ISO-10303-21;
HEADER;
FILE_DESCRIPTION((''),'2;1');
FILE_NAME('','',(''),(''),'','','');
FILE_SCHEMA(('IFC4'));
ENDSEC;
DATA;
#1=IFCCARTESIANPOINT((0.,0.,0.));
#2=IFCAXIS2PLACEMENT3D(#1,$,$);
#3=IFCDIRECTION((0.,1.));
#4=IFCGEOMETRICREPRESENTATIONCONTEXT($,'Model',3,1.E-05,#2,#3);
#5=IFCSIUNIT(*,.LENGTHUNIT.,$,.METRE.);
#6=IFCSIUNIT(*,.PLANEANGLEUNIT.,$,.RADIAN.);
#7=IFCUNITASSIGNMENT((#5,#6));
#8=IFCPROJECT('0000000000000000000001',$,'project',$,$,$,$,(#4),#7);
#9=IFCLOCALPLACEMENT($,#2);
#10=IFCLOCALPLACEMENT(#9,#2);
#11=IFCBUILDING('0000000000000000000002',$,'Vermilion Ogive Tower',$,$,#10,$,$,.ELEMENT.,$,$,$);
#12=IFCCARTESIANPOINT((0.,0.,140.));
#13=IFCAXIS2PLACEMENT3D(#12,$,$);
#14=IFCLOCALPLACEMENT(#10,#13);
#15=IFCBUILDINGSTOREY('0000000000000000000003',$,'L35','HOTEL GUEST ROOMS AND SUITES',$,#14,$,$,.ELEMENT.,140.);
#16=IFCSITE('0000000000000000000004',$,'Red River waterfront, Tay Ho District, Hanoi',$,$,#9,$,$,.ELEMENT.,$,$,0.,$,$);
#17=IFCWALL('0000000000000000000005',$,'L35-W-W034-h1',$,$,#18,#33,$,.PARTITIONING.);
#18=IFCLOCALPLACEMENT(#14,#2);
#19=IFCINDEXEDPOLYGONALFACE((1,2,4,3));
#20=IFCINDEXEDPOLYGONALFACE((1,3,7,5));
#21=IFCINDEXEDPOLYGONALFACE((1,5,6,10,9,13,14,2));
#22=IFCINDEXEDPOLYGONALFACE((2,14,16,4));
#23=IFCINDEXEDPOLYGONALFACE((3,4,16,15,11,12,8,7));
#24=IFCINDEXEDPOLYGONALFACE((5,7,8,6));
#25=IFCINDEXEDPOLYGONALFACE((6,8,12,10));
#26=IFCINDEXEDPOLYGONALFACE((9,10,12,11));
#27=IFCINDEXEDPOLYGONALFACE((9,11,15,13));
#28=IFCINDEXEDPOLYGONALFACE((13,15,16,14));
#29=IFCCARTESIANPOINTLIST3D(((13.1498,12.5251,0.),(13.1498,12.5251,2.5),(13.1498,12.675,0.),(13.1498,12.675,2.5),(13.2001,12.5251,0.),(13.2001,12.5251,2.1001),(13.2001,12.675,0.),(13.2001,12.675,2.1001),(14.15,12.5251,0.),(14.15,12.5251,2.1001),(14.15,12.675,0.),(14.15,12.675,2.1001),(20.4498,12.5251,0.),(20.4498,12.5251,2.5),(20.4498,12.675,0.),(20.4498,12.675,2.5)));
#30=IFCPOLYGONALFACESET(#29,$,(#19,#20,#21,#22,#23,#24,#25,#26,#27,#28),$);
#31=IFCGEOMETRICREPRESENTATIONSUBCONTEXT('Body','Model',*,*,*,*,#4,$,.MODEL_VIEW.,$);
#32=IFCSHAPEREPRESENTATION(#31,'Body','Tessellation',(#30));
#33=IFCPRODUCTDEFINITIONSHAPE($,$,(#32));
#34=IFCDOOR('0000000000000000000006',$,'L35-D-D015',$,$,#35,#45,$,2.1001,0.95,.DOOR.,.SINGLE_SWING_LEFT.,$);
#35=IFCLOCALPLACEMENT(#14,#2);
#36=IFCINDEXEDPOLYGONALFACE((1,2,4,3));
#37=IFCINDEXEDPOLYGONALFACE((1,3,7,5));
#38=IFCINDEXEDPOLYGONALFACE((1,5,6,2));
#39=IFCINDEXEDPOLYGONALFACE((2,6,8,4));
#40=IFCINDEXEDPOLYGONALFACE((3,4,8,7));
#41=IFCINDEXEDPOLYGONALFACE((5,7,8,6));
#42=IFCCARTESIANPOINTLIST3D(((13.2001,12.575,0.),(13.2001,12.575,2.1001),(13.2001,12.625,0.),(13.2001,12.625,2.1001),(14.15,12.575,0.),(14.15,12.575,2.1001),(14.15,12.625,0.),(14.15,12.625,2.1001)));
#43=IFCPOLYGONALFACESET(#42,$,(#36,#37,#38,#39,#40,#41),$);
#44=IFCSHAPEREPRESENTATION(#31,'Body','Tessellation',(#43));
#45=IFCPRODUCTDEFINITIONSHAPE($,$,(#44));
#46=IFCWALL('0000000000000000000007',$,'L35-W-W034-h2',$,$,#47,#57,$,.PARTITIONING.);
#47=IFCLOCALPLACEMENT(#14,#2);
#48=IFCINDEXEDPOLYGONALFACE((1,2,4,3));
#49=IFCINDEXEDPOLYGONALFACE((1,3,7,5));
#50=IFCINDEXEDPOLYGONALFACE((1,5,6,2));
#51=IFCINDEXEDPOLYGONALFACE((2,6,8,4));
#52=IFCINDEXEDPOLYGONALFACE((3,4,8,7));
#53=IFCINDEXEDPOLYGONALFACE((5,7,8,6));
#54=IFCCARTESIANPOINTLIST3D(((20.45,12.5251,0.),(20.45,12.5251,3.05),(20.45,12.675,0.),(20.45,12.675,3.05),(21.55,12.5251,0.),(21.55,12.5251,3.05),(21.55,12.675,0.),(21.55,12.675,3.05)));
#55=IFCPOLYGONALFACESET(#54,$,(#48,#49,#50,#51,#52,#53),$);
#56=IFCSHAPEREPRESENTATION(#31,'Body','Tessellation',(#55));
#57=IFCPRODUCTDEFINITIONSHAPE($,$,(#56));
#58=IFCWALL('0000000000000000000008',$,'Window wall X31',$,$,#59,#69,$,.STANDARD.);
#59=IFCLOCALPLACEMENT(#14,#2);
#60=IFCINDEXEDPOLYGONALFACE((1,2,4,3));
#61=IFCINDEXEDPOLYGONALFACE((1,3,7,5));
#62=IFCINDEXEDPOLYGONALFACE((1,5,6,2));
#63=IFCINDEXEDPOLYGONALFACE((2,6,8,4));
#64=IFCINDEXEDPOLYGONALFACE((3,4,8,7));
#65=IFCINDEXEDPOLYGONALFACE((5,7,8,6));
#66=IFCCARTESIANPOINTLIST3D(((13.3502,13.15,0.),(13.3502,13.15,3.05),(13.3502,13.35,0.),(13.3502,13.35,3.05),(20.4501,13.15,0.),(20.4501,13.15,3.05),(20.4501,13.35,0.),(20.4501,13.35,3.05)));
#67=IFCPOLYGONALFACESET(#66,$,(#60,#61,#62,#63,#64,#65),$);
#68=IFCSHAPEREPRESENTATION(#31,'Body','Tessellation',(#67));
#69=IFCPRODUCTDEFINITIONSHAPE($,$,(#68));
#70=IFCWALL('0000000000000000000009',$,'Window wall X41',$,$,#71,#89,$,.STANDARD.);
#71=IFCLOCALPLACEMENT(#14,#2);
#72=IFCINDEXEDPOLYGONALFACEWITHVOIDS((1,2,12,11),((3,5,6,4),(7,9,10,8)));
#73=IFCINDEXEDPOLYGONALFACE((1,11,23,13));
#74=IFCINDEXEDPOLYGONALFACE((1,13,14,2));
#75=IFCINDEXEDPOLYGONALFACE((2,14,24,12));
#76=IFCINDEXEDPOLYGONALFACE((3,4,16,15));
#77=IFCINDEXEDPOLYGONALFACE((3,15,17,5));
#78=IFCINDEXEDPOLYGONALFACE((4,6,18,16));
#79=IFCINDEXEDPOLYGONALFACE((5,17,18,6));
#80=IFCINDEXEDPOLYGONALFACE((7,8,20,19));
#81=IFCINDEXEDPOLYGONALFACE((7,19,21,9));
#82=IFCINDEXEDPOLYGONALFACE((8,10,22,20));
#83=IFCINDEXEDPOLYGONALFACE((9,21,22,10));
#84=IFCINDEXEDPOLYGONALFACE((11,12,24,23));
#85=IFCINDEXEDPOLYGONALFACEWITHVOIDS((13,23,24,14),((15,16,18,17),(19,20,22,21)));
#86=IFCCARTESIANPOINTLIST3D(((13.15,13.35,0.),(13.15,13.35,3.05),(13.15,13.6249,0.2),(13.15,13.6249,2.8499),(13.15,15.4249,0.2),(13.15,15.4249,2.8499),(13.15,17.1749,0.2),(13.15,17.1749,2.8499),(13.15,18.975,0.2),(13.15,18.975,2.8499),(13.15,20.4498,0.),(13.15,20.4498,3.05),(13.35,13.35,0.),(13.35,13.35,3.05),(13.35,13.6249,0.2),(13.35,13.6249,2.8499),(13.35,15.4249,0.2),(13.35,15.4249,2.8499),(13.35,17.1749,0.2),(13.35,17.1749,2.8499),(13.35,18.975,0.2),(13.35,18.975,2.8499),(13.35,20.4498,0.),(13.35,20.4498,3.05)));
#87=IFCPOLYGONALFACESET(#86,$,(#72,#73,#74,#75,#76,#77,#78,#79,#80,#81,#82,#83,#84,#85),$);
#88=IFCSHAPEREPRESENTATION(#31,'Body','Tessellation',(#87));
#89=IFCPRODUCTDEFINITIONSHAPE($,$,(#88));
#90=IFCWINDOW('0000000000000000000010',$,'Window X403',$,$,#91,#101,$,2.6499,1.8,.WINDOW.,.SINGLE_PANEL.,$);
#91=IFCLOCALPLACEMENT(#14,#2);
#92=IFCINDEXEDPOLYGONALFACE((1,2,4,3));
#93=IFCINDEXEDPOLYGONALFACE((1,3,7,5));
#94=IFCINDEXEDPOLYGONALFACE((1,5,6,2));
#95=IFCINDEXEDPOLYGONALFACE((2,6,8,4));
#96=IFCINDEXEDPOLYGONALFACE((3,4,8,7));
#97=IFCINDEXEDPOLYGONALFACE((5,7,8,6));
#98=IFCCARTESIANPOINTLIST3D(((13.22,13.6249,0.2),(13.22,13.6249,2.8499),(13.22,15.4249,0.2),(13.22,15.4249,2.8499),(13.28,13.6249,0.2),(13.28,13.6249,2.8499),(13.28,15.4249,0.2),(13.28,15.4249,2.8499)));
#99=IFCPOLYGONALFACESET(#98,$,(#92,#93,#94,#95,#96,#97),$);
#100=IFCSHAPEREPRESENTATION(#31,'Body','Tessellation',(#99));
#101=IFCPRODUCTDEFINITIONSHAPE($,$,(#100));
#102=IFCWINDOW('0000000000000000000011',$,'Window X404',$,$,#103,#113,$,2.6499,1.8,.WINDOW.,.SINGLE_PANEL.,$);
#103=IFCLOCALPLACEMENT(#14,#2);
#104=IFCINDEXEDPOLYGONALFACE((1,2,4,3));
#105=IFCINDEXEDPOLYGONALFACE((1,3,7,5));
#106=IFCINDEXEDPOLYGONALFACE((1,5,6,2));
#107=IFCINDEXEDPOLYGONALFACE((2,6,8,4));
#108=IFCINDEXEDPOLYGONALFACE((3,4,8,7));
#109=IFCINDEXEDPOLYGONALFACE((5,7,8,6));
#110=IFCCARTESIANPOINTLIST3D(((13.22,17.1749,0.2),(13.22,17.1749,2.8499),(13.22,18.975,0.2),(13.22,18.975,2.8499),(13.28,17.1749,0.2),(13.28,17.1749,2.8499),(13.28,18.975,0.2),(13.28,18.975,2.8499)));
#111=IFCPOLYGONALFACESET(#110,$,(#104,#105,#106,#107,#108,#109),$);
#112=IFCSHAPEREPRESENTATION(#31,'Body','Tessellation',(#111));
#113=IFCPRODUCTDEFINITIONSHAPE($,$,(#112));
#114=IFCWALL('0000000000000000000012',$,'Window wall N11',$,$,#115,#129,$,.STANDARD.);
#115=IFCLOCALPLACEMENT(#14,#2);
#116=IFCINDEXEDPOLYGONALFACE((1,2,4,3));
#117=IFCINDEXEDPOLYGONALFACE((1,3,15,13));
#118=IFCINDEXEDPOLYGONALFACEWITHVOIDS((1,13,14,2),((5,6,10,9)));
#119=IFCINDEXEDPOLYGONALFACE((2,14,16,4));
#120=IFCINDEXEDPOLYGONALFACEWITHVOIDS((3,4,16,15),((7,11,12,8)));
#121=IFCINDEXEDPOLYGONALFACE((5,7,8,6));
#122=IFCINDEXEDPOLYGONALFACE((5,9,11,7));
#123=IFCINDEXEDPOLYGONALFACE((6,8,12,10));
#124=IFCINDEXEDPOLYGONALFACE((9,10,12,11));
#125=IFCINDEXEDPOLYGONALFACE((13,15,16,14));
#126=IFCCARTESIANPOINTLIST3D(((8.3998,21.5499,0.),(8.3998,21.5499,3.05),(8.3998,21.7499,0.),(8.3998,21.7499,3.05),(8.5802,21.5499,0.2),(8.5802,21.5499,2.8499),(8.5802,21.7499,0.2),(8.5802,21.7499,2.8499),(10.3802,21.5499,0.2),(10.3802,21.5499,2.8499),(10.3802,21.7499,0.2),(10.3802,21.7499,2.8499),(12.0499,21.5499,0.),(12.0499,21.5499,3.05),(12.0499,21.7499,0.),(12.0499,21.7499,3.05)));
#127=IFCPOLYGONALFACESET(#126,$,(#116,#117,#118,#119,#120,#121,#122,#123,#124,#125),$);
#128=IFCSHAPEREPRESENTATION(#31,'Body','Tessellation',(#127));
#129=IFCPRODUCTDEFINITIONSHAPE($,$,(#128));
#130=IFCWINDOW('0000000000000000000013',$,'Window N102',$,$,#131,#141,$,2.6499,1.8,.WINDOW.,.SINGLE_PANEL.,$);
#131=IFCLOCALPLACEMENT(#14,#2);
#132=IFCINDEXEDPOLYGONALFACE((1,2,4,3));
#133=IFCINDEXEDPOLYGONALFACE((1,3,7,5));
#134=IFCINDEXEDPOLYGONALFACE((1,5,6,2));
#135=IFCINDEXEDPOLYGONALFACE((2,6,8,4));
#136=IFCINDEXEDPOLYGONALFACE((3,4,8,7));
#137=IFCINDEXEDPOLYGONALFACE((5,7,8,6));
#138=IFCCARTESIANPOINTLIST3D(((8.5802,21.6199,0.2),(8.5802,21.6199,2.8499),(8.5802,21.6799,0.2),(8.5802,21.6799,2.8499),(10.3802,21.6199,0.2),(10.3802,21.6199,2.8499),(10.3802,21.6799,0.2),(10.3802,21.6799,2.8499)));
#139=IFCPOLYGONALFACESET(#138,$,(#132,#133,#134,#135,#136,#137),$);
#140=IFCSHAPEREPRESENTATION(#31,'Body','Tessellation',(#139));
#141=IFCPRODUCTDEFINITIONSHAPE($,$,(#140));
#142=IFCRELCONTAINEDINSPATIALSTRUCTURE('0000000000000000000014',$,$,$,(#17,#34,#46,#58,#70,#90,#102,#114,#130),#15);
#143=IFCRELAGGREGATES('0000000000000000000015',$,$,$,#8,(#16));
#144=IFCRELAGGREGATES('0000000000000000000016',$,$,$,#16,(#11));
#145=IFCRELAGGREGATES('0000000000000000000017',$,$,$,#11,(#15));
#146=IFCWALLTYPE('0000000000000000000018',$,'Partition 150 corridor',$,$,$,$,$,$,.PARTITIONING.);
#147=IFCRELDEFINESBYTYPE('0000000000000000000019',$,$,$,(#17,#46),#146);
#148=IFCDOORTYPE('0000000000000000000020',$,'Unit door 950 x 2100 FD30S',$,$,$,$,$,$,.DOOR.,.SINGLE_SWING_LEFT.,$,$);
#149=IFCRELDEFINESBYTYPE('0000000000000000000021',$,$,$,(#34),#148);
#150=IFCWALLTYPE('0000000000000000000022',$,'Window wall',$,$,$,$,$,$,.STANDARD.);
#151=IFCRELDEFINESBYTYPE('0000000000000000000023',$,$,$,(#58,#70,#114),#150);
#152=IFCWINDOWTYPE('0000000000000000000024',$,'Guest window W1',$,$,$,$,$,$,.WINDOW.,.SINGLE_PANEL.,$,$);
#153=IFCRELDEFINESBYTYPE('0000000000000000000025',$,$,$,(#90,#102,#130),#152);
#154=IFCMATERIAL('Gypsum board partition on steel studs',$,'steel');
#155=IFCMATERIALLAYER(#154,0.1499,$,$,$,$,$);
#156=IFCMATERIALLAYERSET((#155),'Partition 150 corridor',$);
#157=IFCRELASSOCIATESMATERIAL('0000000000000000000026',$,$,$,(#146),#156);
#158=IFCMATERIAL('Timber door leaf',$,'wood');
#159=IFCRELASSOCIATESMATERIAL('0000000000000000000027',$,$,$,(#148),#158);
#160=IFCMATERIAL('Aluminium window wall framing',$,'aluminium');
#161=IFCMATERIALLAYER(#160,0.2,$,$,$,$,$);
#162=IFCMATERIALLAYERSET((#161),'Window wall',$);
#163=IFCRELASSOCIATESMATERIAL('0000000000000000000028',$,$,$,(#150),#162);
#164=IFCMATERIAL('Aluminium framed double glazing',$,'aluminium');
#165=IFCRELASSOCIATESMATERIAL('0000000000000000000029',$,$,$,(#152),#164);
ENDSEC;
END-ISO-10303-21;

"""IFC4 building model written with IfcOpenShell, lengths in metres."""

from ifc_helpers import new_model, si_unit, direction, frame, frame_2d, origin, place, context, subcontext, project, spatial, rectangle, extrude, material, layer, layer_set, type_object, element, fill, save


model = new_model("IFC4")

# Units and contexts
model_context = context("Model", 3, precision=1e-05, world=origin(), true_north=direction((0.0, 1.0)))
body_context = subcontext(model_context, "Body", "Model", "MODEL_VIEW")
ifc_project = project(units=[si_unit("LENGTHUNIT", "METRE"), si_unit("PLANEANGLEUNIT", "RADIAN")], contexts=[model_context])

# Site, building, storey
site_placement = place(None, origin())
site = spatial("IfcSite", under=ifc_project, at=site_placement, Name="Red River waterfront, Tay Ho District, Hanoi", CompositionType="ELEMENT", RefElevation=0.0)
building_placement = place(site_placement, origin())
building = spatial("IfcBuilding", under=site, at=building_placement, Name="Vermilion Ogive Tower", CompositionType="ELEMENT")
storey_placement = place(building_placement, frame((0.0, 0.0, 140.0)))
storey = spatial("IfcBuildingStorey", under=building, at=storey_placement, Name="L35", Description="HOTEL GUEST ROOMS AND SUITES", CompositionType="ELEMENT", Elevation=140.0)

# Shared definitions
ifc_material_1 = material(Name="Gypsum board partition on steel studs", Category="steel")
ifc_layer_1 = layer(ifc_material_1, 0.1499)
ifc_layer_set_1 = layer_set([ifc_layer_1], Name="Partition 150 corridor")
wall_type_1 = type_object("IfcWallType", Name="Partition 150 corridor", PredefinedType="PARTITIONING", material=ifc_layer_set_1)

# Wall, opening, door
wall_1_placement = place(storey_placement, frame((13.1499, 12.6001, 0.0), z_axis=(0.0, 0.0, 1.0), x_axis=(1.0, 0.0, 0.0)))
wall_1 = element("IfcWall", 1, at=wall_1_placement, inside=storey, type_object=wall_type_1, Name="L35-W-W034-h1", PredefinedType="PARTITIONING", context=body_context, shape_type="SweptSolid", body=[
    extrude(rectangle(XDim=7.3, YDim=0.1499, at=frame_2d((3.6499, 0.0))), origin(), (0.0, 0.0, 1.0), 2.5),
])
opening_1_placement = place(wall_1_placement, frame((0.05, 0.0, 0.0)))
opening_1 = element("IfcOpeningElement", 2, at=opening_1_placement, cuts=wall_1, PredefinedType="OPENING", context=body_context, shape_type="SweptSolid", body=[
    extrude(rectangle(XDim=0.95, YDim=2.1001, at=frame_2d((0.4751, 1.05))), frame((0.0, 0.085, 0.0), z_axis=(0.0, -1.0, 0.0), x_axis=(1.0, 0.0, 0.0)), (0.0, 0.0, 1.0), 0.1699),
])
ifc_material_2 = material(Name="Timber door leaf", Category="wood")
door_type = type_object("IfcDoorType", Name="Unit door 950 x 2100 FD30S", OperationType="SINGLE_SWING_LEFT", PredefinedType="DOOR", material=ifc_material_2)
door_placement = place(opening_1_placement, origin())
door = element("IfcDoor", 3, at=door_placement, inside=storey, type_object=door_type, Name="L35-D-D015", OperationType="SINGLE_SWING_LEFT", OverallHeight=2.1001, OverallWidth=0.95, PredefinedType="DOOR", context=body_context, shape_type="SweptSolid", body=[
    extrude(rectangle(XDim=0.95, YDim=2.1001, at=frame_2d((0.4751, 1.05))), frame((0.0, 0.0249, 0.0), z_axis=(0.0, -1.0, 0.0), x_axis=(1.0, 0.0, 0.0)), (0.0, 0.0, 1.0), 0.05),
])
fill(opening_1, door)

# Walls
wall_2_placement = place(storey_placement, frame((20.45, 12.6001, 0.0), z_axis=(0.0, 0.0, 1.0), x_axis=(1.0, 0.0, 0.0)))
element("IfcWall", 4, at=wall_2_placement, inside=storey, type_object=wall_type_1, Name="L35-W-W034-h2", PredefinedType="PARTITIONING", context=body_context, shape_type="SweptSolid", body=[
    extrude(rectangle(XDim=1.1001, YDim=0.1499, at=frame_2d((0.55, 0.0))), origin(), (0.0, 0.0, 1.0), 3.05),
])
ifc_material_3 = material(Name="Aluminium window wall framing", Category="aluminium")
ifc_layer_2 = layer(ifc_material_3, 0.2)
ifc_layer_set_2 = layer_set([ifc_layer_2], Name="Window wall")
wall_type_2 = type_object("IfcWallType", Name="Window wall", PredefinedType="STANDARD", material=ifc_layer_set_2)
wall_3_placement = place(storey_placement, frame((20.45, 13.25, 0.0), z_axis=(0.0, 0.0, 1.0), x_axis=(-1.0, 0.0, 0.0)))
element("IfcWall", 5, at=wall_3_placement, inside=storey, type_object=wall_type_2, Name="Window wall X31", PredefinedType="STANDARD", context=body_context, shape_type="SweptSolid", body=[
    extrude(rectangle(XDim=7.0999, YDim=0.2, at=frame_2d((3.5498, 0.0))), origin(), (0.0, 0.0, 1.0), 3.05),
])

# Wall, openings, windows
wall_4_placement = place(storey_placement, frame((13.25, 13.3501, 0.0), z_axis=(0.0, 0.0, 1.0), x_axis=(0.0, 1.0, 0.0)))
wall_4 = element("IfcWall", 6, at=wall_4_placement, inside=storey, type_object=wall_type_2, Name="Window wall X41", PredefinedType="STANDARD", context=body_context, shape_type="SweptSolid", body=[
    extrude(rectangle(XDim=7.0999, YDim=0.2, at=frame_2d((3.5498, 0.0))), origin(), (0.0, 0.0, 1.0), 3.05),
])
opening_2_placement = place(wall_4_placement, frame((0.2749, 0.0, 0.2)))
opening_2 = element("IfcOpeningElement", 7, at=opening_2_placement, cuts=wall_4, PredefinedType="OPENING", context=body_context, shape_type="SweptSolid", body=[
    extrude(rectangle(XDim=1.8, YDim=2.6499, at=frame_2d((0.8999, 1.325))), frame((0.0, 0.1099, 0.0), z_axis=(0.0, -1.0, 0.0), x_axis=(1.0, 0.0, 0.0)), (0.0, 0.0, 1.0), 0.22),
])
opening_3_placement = place(wall_4_placement, frame((3.825, 0.0, 0.2)))
opening_3 = element("IfcOpeningElement", 8, at=opening_3_placement, cuts=wall_4, PredefinedType="OPENING", context=body_context, shape_type="SweptSolid", body=[
    extrude(rectangle(XDim=1.8, YDim=2.6499, at=frame_2d((0.8999, 1.325))), frame((0.0, 0.1099, 0.0), z_axis=(0.0, -1.0, 0.0), x_axis=(1.0, 0.0, 0.0)), (0.0, 0.0, 1.0), 0.22),
])
ifc_material_4 = material(Name="Aluminium framed double glazing", Category="aluminium")
window_type = type_object("IfcWindowType", Name="Guest window W1", PartitioningType="SINGLE_PANEL", PredefinedType="WINDOW", material=ifc_material_4)
window_1_placement = place(opening_2_placement, origin())
window_1 = element("IfcWindow", 9, at=window_1_placement, inside=storey, type_object=window_type, Name="Window X403", OverallHeight=2.6499, OverallWidth=1.8, PartitioningType="SINGLE_PANEL", PredefinedType="WINDOW", context=body_context, shape_type="SweptSolid", body=[
    extrude(rectangle(XDim=1.8, YDim=2.6499, at=frame_2d((0.8999, 1.325))), frame((0.0, 0.03, 0.0), z_axis=(0.0, -1.0, 0.0), x_axis=(1.0, 0.0, 0.0)), (0.0, 0.0, 1.0), 0.0601),
])
fill(opening_2, window_1)
window_2_placement = place(opening_3_placement, origin())
window_2 = element("IfcWindow", 10, at=window_2_placement, inside=storey, type_object=window_type, Name="Window X404", OverallHeight=2.6499, OverallWidth=1.8, PartitioningType="SINGLE_PANEL", PredefinedType="WINDOW", context=body_context, shape_type="SweptSolid", body=[
    extrude(rectangle(XDim=1.8, YDim=2.6499, at=frame_2d((0.8999, 1.325))), frame((0.0, 0.03, 0.0), z_axis=(0.0, -1.0, 0.0), x_axis=(1.0, 0.0, 0.0)), (0.0, 0.0, 1.0), 0.0601),
])
fill(opening_3, window_2)

# Wall, opening, window
wall_5_placement = place(storey_placement, frame((12.05, 21.6499, 0.0), z_axis=(0.0, 0.0, 1.0), x_axis=(-1.0, 0.0, 0.0)))
wall_5 = element("IfcWall", 11, at=wall_5_placement, inside=storey, type_object=wall_type_2, Name="Window wall N11", PredefinedType="STANDARD", context=body_context, shape_type="SweptSolid", body=[
    extrude(rectangle(XDim=3.6501, YDim=0.2, at=frame_2d((1.8252, 0.0))), origin(), (0.0, 0.0, 1.0), 3.05),
])
opening_4_placement = place(wall_5_placement, frame((1.6699, 0.0, 0.2)))
opening_4 = element("IfcOpeningElement", 12, at=opening_4_placement, cuts=wall_5, PredefinedType="OPENING", context=body_context, shape_type="SweptSolid", body=[
    extrude(rectangle(XDim=1.8, YDim=2.6499, at=frame_2d((0.8999, 1.325))), frame((0.0, 0.1099, 0.0), z_axis=(0.0, -1.0, 0.0), x_axis=(1.0, 0.0, 0.0)), (0.0, 0.0, 1.0), 0.22),
])
window_3_placement = place(opening_4_placement, origin())
window_3 = element("IfcWindow", 13, at=window_3_placement, inside=storey, type_object=window_type, Name="Window N102", OverallHeight=2.6499, OverallWidth=1.8, PartitioningType="SINGLE_PANEL", PredefinedType="WINDOW", context=body_context, shape_type="SweptSolid", body=[
    extrude(rectangle(XDim=1.8, YDim=2.6499, at=frame_2d((0.8999, 1.325))), frame((0.0, 0.03, 0.0), z_axis=(0.0, -1.0, 0.0), x_axis=(1.0, 0.0, 0.0)), (0.0, 0.0, 1.0), 0.0601),
])
fill(opening_4, window_3)

save(model, "model.ifc")
